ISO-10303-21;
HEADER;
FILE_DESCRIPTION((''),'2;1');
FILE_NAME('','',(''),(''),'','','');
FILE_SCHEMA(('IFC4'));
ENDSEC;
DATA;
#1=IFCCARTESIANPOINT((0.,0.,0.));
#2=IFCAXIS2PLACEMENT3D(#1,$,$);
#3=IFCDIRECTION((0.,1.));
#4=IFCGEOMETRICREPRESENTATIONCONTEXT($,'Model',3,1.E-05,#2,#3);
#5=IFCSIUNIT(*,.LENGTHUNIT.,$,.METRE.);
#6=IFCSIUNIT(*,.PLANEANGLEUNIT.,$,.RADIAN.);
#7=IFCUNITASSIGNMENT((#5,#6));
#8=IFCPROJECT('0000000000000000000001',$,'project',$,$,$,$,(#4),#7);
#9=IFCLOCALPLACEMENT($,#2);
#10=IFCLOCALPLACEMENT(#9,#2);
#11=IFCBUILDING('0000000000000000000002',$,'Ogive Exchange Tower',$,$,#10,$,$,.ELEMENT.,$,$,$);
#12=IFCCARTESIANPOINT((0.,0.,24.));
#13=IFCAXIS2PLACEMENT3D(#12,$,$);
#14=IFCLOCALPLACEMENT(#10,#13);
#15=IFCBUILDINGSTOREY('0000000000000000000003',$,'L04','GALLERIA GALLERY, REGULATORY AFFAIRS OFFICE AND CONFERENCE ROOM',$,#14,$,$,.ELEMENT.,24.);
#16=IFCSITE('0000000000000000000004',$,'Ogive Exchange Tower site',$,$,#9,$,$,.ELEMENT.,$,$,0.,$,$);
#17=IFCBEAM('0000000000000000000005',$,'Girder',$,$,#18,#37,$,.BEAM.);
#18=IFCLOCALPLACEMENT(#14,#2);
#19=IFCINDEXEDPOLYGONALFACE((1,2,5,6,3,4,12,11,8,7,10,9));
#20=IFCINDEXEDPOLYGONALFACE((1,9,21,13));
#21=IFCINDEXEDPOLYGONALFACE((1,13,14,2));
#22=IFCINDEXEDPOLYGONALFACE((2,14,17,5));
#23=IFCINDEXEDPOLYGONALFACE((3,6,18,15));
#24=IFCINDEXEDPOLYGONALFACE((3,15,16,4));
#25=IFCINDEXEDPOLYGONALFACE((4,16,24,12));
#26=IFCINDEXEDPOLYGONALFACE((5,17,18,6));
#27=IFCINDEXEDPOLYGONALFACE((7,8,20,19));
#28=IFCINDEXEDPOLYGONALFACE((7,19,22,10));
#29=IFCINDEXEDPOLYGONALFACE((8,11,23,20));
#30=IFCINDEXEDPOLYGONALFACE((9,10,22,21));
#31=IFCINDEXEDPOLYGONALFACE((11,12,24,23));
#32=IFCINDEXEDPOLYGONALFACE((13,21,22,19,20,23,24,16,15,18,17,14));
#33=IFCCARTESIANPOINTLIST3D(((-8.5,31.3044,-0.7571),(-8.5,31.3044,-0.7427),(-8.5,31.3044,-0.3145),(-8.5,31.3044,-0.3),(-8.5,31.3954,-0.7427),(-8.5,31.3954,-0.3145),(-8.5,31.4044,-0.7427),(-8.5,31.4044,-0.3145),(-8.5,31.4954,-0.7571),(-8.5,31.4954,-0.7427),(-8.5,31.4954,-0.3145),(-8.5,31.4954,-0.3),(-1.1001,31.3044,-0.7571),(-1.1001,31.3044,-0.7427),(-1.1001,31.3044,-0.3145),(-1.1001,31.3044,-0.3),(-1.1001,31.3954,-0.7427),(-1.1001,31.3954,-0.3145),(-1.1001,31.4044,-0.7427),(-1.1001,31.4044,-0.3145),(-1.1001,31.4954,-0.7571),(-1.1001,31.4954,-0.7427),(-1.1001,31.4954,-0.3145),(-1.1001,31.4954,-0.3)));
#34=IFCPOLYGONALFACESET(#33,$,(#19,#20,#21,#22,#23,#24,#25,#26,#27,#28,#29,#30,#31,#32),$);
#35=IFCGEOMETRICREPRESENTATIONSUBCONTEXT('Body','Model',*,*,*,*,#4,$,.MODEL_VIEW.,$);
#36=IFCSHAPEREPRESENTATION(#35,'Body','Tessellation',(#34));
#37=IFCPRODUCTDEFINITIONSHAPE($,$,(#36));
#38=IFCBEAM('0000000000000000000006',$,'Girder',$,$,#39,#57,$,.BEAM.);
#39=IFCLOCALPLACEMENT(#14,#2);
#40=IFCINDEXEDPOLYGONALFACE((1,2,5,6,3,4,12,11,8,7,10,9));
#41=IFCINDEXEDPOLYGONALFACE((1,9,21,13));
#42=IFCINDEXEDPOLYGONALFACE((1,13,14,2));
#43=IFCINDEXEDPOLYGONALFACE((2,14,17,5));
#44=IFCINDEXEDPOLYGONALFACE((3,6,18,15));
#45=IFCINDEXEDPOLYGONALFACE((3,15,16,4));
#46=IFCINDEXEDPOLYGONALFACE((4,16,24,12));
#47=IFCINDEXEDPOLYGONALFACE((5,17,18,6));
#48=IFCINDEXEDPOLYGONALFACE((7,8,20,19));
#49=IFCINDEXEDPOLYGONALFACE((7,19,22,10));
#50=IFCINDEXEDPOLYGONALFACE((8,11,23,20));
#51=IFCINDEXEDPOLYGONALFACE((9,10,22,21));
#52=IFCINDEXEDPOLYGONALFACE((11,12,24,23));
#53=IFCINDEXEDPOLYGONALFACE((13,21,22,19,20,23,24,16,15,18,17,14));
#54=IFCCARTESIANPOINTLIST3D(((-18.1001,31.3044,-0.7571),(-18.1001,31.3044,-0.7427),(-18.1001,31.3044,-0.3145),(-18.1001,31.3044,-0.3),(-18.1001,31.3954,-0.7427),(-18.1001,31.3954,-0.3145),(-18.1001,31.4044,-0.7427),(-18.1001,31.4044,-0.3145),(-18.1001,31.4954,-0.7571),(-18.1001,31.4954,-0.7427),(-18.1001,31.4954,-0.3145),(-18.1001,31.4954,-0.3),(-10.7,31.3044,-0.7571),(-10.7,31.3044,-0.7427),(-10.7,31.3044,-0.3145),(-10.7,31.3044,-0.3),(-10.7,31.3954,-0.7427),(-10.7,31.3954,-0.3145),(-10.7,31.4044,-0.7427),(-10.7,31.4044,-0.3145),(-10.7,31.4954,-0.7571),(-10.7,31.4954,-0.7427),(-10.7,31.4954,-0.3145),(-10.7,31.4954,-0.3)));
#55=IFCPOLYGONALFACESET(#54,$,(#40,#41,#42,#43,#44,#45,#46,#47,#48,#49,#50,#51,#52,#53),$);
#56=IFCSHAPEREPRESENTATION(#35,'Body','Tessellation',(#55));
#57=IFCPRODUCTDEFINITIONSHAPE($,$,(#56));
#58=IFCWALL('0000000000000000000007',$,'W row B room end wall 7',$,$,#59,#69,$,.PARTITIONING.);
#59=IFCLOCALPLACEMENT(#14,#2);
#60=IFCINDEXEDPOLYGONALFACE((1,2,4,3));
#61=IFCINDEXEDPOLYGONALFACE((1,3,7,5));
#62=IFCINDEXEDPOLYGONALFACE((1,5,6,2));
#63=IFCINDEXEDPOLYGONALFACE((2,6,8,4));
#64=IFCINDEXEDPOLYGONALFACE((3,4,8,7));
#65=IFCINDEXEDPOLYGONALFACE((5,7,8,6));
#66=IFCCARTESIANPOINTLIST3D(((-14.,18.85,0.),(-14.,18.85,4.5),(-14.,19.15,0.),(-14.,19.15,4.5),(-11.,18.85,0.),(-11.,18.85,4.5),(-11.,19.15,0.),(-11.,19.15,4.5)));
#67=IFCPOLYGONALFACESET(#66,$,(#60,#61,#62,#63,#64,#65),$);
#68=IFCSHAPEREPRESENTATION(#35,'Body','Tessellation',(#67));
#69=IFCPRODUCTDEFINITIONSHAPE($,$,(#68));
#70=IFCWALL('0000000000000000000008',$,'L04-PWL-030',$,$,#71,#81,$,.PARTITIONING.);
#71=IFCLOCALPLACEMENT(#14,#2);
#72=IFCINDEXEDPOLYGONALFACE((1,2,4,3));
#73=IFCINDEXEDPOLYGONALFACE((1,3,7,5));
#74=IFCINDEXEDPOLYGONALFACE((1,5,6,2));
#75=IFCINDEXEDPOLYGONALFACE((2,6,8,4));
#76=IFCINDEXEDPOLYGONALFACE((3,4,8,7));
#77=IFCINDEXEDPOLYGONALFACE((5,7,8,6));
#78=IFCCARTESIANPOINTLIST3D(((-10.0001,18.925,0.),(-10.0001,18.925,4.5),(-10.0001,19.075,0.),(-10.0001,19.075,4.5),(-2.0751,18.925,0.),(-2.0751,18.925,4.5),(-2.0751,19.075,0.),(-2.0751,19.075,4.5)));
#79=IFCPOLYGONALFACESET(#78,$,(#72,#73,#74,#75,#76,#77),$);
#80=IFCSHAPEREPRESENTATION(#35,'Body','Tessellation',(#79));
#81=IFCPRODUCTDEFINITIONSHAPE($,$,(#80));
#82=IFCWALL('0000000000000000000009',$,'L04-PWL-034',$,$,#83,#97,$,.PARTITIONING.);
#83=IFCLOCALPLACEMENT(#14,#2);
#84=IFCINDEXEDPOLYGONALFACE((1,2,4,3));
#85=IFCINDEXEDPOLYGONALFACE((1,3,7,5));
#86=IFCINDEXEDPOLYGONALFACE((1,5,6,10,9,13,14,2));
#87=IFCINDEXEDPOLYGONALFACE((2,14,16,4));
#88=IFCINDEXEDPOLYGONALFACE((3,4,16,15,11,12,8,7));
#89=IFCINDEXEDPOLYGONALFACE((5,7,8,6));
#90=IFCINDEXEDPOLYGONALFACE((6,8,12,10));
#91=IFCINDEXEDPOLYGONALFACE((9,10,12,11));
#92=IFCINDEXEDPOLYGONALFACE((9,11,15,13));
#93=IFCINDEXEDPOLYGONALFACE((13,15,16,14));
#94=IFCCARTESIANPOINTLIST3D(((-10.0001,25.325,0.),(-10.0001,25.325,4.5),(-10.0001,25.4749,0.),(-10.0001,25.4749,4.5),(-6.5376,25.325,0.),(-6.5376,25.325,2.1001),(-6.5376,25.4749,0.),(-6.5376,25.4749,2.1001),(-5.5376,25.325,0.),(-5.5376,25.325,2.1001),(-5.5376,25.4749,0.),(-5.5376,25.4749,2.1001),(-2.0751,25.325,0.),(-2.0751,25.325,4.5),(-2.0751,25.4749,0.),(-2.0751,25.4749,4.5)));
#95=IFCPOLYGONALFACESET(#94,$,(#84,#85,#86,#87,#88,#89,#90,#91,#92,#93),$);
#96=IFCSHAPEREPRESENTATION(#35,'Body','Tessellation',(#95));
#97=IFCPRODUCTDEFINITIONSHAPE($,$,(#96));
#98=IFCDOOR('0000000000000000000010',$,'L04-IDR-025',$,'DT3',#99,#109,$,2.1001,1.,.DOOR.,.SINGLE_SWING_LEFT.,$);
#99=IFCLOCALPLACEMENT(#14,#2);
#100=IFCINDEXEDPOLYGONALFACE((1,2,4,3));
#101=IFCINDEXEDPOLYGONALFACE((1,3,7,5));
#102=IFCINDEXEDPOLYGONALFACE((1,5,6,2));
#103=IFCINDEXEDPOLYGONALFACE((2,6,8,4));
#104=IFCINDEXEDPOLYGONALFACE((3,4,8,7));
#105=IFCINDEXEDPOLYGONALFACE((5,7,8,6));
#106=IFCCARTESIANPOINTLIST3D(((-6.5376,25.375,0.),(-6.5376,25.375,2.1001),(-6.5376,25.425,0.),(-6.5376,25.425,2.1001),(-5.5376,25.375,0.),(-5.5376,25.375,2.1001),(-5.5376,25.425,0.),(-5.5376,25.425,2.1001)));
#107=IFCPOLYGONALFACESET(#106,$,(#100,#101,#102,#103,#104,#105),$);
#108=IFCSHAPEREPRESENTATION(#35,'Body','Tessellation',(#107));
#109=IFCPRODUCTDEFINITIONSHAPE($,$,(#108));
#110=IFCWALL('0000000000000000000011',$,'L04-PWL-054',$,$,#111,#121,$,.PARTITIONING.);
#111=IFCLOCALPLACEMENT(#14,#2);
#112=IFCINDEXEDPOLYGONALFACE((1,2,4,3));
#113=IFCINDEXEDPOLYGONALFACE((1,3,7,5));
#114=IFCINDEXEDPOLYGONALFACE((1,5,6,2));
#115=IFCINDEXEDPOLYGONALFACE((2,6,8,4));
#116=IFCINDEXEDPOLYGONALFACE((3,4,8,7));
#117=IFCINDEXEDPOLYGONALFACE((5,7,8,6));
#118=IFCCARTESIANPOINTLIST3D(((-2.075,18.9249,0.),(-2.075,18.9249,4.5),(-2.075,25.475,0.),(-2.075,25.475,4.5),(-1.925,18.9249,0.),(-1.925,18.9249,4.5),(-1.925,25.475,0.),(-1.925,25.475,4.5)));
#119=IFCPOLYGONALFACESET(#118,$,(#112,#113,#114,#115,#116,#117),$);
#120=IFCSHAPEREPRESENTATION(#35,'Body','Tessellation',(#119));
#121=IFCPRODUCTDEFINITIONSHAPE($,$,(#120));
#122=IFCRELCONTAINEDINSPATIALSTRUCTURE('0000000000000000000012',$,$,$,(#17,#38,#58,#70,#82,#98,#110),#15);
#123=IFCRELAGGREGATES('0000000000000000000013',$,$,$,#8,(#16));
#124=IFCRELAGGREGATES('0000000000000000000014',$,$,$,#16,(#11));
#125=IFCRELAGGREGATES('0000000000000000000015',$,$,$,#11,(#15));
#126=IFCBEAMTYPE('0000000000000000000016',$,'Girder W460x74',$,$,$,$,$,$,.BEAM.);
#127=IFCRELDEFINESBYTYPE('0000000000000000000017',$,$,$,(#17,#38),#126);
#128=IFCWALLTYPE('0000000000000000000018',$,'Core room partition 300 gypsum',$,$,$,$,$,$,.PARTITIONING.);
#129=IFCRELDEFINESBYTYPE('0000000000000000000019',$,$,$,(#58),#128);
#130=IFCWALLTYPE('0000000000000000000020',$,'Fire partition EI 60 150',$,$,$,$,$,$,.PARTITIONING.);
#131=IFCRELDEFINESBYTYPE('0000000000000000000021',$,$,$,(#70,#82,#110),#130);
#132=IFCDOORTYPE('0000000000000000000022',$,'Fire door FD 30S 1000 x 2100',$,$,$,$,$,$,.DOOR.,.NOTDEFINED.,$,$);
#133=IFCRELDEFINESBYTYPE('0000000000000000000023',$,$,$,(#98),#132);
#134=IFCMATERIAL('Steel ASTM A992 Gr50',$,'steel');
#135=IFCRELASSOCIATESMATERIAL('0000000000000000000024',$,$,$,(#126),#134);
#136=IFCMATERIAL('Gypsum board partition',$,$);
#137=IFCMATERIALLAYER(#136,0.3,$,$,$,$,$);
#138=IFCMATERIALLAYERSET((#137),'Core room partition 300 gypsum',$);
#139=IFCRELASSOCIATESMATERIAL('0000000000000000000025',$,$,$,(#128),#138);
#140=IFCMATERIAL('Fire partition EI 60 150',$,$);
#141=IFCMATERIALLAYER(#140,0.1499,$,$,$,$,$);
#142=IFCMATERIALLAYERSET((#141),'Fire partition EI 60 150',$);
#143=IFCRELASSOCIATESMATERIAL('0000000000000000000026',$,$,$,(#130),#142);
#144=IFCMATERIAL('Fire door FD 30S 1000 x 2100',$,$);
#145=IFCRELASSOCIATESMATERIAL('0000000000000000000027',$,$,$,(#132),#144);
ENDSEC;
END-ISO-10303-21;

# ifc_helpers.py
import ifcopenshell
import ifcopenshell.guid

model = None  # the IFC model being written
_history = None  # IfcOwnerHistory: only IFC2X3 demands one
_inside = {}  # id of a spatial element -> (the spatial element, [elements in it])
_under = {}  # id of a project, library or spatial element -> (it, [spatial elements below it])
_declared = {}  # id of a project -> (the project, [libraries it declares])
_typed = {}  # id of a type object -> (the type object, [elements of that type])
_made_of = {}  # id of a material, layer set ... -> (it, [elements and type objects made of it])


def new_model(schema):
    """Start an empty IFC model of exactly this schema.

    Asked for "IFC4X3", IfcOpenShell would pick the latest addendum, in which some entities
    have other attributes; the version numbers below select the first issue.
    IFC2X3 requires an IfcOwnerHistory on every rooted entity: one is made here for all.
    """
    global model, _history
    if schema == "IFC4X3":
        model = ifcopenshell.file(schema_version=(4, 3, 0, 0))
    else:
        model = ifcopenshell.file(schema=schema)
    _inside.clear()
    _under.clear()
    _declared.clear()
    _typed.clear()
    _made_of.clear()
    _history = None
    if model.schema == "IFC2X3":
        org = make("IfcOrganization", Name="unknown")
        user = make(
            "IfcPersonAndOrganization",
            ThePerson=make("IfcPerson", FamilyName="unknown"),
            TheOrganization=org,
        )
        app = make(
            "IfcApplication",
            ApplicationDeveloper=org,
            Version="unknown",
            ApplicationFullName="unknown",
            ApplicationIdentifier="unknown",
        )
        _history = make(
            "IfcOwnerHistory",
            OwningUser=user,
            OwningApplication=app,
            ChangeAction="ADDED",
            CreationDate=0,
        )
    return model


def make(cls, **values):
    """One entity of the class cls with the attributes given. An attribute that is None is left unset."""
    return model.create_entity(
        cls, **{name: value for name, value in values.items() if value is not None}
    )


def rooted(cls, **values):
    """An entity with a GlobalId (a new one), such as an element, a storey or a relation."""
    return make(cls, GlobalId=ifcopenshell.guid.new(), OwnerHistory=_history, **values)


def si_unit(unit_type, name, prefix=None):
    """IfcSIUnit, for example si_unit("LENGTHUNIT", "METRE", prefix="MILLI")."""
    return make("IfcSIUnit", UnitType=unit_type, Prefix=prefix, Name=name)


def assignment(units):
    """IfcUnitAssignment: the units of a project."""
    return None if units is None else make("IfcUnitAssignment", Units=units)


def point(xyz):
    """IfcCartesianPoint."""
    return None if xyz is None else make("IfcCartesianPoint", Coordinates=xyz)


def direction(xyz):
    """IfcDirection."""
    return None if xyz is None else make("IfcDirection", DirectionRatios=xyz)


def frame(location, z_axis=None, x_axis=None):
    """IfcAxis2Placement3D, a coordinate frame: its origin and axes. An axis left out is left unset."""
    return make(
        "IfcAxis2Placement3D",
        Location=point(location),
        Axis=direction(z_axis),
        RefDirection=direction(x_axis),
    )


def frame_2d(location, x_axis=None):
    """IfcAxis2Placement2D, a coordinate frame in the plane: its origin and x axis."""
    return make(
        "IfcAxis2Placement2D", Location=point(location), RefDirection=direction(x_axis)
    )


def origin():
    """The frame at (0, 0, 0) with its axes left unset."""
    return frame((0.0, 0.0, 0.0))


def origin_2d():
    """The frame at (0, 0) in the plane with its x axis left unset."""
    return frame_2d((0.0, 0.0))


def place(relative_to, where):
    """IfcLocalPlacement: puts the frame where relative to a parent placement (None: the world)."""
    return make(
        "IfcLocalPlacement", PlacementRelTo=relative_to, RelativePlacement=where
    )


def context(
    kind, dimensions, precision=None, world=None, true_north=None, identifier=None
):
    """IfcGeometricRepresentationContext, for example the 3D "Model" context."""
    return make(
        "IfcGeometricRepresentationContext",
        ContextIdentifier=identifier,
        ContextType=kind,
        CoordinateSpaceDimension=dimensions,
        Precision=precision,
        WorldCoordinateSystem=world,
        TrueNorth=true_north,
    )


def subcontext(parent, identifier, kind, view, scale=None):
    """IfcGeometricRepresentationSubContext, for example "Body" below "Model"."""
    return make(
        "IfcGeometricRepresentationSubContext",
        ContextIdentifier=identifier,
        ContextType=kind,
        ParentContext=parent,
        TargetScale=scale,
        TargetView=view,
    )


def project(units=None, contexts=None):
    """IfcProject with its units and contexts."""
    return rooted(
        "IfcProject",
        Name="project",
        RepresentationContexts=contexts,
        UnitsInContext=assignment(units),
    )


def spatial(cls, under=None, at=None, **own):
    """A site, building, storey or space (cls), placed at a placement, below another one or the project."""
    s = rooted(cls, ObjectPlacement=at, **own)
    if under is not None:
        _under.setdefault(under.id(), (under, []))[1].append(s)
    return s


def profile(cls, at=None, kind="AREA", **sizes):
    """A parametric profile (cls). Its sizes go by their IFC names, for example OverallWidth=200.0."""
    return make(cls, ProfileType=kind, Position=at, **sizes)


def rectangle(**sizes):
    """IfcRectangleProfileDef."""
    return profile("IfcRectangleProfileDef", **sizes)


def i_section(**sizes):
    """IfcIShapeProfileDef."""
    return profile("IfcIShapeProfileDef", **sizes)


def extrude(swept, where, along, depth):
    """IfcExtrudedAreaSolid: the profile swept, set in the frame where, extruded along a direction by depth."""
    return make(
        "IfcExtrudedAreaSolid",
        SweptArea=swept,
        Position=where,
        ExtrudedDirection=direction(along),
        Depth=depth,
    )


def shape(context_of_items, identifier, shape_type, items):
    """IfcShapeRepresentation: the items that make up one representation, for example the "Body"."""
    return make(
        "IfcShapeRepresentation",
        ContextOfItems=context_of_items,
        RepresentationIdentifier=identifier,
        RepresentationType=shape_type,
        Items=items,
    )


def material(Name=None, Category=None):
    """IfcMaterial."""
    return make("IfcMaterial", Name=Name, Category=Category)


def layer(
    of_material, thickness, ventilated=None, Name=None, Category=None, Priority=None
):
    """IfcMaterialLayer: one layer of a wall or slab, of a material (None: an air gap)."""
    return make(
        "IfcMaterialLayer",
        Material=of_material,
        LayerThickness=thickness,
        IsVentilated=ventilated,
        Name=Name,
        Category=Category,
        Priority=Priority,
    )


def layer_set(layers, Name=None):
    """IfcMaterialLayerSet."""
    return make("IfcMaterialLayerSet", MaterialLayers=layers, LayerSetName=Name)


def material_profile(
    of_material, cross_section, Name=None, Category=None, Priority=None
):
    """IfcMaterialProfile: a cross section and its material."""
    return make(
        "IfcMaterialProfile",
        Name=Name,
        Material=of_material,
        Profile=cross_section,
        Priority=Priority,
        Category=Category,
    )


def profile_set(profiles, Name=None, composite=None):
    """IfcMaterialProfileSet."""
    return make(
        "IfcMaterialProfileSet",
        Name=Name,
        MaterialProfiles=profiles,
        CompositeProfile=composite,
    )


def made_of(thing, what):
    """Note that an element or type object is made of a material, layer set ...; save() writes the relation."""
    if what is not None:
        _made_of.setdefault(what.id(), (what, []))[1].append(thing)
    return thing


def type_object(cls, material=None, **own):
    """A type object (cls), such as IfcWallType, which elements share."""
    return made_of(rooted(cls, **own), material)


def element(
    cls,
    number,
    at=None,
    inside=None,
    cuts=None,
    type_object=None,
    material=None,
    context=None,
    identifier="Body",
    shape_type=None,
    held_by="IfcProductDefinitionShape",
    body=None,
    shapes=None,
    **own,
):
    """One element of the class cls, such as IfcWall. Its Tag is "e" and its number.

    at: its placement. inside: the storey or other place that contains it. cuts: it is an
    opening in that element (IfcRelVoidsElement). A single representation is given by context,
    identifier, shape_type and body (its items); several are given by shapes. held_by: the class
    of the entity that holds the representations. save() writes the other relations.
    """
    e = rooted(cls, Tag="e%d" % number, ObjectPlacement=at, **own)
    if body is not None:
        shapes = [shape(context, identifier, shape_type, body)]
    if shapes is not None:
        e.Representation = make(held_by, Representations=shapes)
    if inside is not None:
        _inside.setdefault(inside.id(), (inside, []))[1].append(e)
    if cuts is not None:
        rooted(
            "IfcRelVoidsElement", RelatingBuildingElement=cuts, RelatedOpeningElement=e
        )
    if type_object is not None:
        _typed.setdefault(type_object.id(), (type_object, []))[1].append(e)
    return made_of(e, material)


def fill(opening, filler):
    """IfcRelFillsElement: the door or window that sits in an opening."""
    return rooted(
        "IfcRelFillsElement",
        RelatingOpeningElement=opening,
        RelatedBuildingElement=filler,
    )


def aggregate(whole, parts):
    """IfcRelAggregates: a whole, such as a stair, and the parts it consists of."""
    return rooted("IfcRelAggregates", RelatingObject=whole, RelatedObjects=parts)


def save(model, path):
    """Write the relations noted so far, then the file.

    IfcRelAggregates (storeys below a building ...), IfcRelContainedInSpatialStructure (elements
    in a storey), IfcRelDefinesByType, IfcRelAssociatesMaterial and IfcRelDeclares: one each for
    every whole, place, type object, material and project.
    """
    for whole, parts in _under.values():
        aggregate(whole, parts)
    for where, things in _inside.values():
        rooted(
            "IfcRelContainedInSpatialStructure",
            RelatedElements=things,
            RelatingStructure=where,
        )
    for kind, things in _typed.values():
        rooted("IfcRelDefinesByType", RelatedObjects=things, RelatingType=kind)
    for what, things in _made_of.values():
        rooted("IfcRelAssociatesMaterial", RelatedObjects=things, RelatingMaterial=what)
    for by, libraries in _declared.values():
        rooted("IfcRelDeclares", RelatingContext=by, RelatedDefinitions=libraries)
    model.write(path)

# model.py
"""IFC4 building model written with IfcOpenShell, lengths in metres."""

from ifc_helpers import new_model, si_unit, direction, frame, frame_2d, origin, origin_2d, place, context, subcontext, project, spatial, rectangle, i_section, extrude, material, layer, layer_set, material_profile, profile_set, type_object, element, fill, save


model = new_model("IFC4")

# Units and contexts
model_context = context("Model", 3, precision=1e-05, world=origin(), true_north=direction((0.0, 1.0)))
body_context = subcontext(model_context, "Body", "Model", "MODEL_VIEW")
ifc_project = project(units=[si_unit("LENGTHUNIT", "METRE"), si_unit("PLANEANGLEUNIT", "RADIAN")], contexts=[model_context])

# Site, building, storey
site_placement = place(None, origin())
site = spatial("IfcSite", under=ifc_project, at=site_placement, Name="Ogive Exchange Tower site", CompositionType="ELEMENT", RefElevation=0.0)
building_placement = place(site_placement, origin())
building = spatial("IfcBuilding", under=site, at=building_placement, Name="Ogive Exchange Tower", CompositionType="ELEMENT")
storey_placement = place(building_placement, frame((0.0, 0.0, 24.0)))
storey = spatial("IfcBuildingStorey", under=building, at=storey_placement, Name="L04", Description="GALLERIA GALLERY, REGULATORY AFFAIRS OFFICE AND CONFERENCE ROOM", CompositionType="ELEMENT", Elevation=24.0)

# Beams
ifc_material_1 = material(Name="Steel ASTM A992 Gr50", Category="steel")
ifc_material_profile_1 = material_profile(ifc_material_1, i_section(OverallWidth=0.1909, OverallDepth=0.457, WebThickness=0.009, FlangeThickness=0.0144, at=origin_2d()), Name="W460x74")
ifc_profile_set_1 = profile_set([ifc_material_profile_1], Name="Steel ASTM A992 Gr50")
beam_type_1 = type_object("IfcBeamType", Name="Girder W460x74", PredefinedType="BEAM", material=ifc_profile_set_1)
beam_1_placement = place(storey_placement, frame((-1.1001, 31.3999, -0.5286), z_axis=(-1.0, 0.0, 0.0), x_axis=(0.0, -1.0, 0.0)))
element("IfcBeam", 1, at=beam_1_placement, inside=storey, type_object=beam_type_1, Name="Girder", PredefinedType="BEAM", context=body_context, shape_type="SweptSolid", body=[
    extrude(i_section(OverallWidth=0.1909, OverallDepth=0.457, WebThickness=0.009, FlangeThickness=0.0144, at=origin_2d()), origin(), (0.0, 0.0, 1.0), 7.3999),
])
beam_2_placement = place(storey_placement, frame((-10.7, 31.3999, -0.5286), z_axis=(-1.0, 0.0, 0.0), x_axis=(0.0, -1.0, 0.0)))
element("IfcBeam", 2, at=beam_2_placement, inside=storey, type_object=beam_type_1, Name="Girder", PredefinedType="BEAM", context=body_context, shape_type="SweptSolid", body=[
    extrude(i_section(OverallWidth=0.1909, OverallDepth=0.457, WebThickness=0.009, FlangeThickness=0.0144, at=origin_2d()), origin(), (0.0, 0.0, 1.0), 7.4001),
])

# Walls
ifc_material_2 = material(Name="Gypsum board partition")
ifc_layer_1 = layer(ifc_material_2, 0.3)
ifc_layer_set_1 = layer_set([ifc_layer_1], Name="Core room partition 300 gypsum")
wall_type_1 = type_object("IfcWallType", Name="Core room partition 300 gypsum", PredefinedType="PARTITIONING", material=ifc_layer_set_1)
wall_1_placement = place(storey_placement, frame((-14.0, 19.0, 0.0), z_axis=(0.0, 0.0, 1.0), x_axis=(1.0, 0.0, 0.0)))
element("IfcWall", 3, at=wall_1_placement, inside=storey, type_object=wall_type_1, Name="W row B room end wall 7", PredefinedType="PARTITIONING", context=body_context, shape_type="SweptSolid", body=[
    extrude(rectangle(XDim=3.0, YDim=0.3, at=frame_2d((1.5, 0.0))), origin(), (0.0, 0.0, 1.0), 4.5),
])
ifc_material_3 = material(Name="Fire partition EI 60 150")
ifc_layer_2 = layer(ifc_material_3, 0.1499)
ifc_layer_set_2 = layer_set([ifc_layer_2], Name="Fire partition EI 60 150")
wall_type_2 = type_object("IfcWallType", Name="Fire partition EI 60 150", PredefinedType="PARTITIONING", material=ifc_layer_set_2)
wall_2_placement = place(storey_placement, frame((-10.0, 19.0, 0.0), z_axis=(0.0, 0.0, 1.0), x_axis=(1.0, 0.0, 0.0)))
element("IfcWall", 4, at=wall_2_placement, inside=storey, type_object=wall_type_2, Name="L04-PWL-030", PredefinedType="PARTITIONING", context=body_context, shape_type="SweptSolid", body=[
    extrude(rectangle(XDim=7.925, YDim=0.1499, at=frame_2d((3.9624, 0.0))), origin(), (0.0, 0.0, 1.0), 4.5),
])

# Wall, opening, door
wall_3_placement = place(storey_placement, frame((-10.0, 25.3999, 0.0), z_axis=(0.0, 0.0, 1.0), x_axis=(1.0, 0.0, 0.0)))
wall_3 = element("IfcWall", 5, at=wall_3_placement, inside=storey, type_object=wall_type_2, Name="L04-PWL-034", PredefinedType="PARTITIONING", context=body_context, shape_type="SweptSolid", body=[
    extrude(rectangle(XDim=7.925, YDim=0.1499, at=frame_2d((3.9624, 0.0))), origin(), (0.0, 0.0, 1.0), 4.5),
])
opening_1_placement = place(wall_3_placement, frame((3.4624, 0.0, 0.0)))
opening_1 = element("IfcOpeningElement", 6, at=opening_1_placement, cuts=wall_3, PredefinedType="OPENING", context=body_context, shape_type="SweptSolid", body=[
    extrude(rectangle(XDim=1.0, YDim=2.1001, at=frame_2d((0.5, 1.05))), frame((0.0, 0.085, 0.0), z_axis=(0.0, -1.0, 0.0), x_axis=(1.0, 0.0, 0.0)), (0.0, 0.0, 1.0), 0.1699),
])
ifc_material_4 = material(Name="Fire door FD 30S 1000 x 2100")
door_type_1 = type_object("IfcDoorType", Name="Fire door FD 30S 1000 x 2100", OperationType="NOTDEFINED", PredefinedType="DOOR", material=ifc_material_4)
door_1_placement = place(opening_1_placement, frame((1.0, 0.0, 0.0), z_axis=(0.0, 0.0, 1.0), x_axis=(-1.0, 0.0, 0.0)))
door_1 = element("IfcDoor", 7, at=door_1_placement, inside=storey, type_object=door_type_1, Name="L04-IDR-025", ObjectType="DT3", OperationType="SINGLE_SWING_LEFT", OverallHeight=2.1001, OverallWidth=1.0, PredefinedType="DOOR", context=body_context, shape_type="SweptSolid", body=[
    extrude(rectangle(XDim=1.0, YDim=2.1001, at=frame_2d((0.5, 1.05))), frame((0.0, 0.0249, 0.0), z_axis=(0.0, -1.0, 0.0), x_axis=(1.0, 0.0, 0.0)), (0.0, 0.0, 1.0), 0.05),
])
fill(opening_1, door_1)

# Wall
wall_4_placement = place(storey_placement, frame((-2.0, 18.925, 0.0), z_axis=(0.0, 0.0, 1.0), x_axis=(0.0, 1.0, 0.0)))
element("IfcWall", 8, at=wall_4_placement, inside=storey, type_object=wall_type_2, Name="L04-PWL-054", PredefinedType="PARTITIONING", context=body_context, shape_type="SweptSolid", body=[
    extrude(rectangle(XDim=6.55, YDim=0.1499, at=frame_2d((3.2749, 0.0))), origin(), (0.0, 0.0, 1.0), 4.5),
])

save(model, "model.ifc")
